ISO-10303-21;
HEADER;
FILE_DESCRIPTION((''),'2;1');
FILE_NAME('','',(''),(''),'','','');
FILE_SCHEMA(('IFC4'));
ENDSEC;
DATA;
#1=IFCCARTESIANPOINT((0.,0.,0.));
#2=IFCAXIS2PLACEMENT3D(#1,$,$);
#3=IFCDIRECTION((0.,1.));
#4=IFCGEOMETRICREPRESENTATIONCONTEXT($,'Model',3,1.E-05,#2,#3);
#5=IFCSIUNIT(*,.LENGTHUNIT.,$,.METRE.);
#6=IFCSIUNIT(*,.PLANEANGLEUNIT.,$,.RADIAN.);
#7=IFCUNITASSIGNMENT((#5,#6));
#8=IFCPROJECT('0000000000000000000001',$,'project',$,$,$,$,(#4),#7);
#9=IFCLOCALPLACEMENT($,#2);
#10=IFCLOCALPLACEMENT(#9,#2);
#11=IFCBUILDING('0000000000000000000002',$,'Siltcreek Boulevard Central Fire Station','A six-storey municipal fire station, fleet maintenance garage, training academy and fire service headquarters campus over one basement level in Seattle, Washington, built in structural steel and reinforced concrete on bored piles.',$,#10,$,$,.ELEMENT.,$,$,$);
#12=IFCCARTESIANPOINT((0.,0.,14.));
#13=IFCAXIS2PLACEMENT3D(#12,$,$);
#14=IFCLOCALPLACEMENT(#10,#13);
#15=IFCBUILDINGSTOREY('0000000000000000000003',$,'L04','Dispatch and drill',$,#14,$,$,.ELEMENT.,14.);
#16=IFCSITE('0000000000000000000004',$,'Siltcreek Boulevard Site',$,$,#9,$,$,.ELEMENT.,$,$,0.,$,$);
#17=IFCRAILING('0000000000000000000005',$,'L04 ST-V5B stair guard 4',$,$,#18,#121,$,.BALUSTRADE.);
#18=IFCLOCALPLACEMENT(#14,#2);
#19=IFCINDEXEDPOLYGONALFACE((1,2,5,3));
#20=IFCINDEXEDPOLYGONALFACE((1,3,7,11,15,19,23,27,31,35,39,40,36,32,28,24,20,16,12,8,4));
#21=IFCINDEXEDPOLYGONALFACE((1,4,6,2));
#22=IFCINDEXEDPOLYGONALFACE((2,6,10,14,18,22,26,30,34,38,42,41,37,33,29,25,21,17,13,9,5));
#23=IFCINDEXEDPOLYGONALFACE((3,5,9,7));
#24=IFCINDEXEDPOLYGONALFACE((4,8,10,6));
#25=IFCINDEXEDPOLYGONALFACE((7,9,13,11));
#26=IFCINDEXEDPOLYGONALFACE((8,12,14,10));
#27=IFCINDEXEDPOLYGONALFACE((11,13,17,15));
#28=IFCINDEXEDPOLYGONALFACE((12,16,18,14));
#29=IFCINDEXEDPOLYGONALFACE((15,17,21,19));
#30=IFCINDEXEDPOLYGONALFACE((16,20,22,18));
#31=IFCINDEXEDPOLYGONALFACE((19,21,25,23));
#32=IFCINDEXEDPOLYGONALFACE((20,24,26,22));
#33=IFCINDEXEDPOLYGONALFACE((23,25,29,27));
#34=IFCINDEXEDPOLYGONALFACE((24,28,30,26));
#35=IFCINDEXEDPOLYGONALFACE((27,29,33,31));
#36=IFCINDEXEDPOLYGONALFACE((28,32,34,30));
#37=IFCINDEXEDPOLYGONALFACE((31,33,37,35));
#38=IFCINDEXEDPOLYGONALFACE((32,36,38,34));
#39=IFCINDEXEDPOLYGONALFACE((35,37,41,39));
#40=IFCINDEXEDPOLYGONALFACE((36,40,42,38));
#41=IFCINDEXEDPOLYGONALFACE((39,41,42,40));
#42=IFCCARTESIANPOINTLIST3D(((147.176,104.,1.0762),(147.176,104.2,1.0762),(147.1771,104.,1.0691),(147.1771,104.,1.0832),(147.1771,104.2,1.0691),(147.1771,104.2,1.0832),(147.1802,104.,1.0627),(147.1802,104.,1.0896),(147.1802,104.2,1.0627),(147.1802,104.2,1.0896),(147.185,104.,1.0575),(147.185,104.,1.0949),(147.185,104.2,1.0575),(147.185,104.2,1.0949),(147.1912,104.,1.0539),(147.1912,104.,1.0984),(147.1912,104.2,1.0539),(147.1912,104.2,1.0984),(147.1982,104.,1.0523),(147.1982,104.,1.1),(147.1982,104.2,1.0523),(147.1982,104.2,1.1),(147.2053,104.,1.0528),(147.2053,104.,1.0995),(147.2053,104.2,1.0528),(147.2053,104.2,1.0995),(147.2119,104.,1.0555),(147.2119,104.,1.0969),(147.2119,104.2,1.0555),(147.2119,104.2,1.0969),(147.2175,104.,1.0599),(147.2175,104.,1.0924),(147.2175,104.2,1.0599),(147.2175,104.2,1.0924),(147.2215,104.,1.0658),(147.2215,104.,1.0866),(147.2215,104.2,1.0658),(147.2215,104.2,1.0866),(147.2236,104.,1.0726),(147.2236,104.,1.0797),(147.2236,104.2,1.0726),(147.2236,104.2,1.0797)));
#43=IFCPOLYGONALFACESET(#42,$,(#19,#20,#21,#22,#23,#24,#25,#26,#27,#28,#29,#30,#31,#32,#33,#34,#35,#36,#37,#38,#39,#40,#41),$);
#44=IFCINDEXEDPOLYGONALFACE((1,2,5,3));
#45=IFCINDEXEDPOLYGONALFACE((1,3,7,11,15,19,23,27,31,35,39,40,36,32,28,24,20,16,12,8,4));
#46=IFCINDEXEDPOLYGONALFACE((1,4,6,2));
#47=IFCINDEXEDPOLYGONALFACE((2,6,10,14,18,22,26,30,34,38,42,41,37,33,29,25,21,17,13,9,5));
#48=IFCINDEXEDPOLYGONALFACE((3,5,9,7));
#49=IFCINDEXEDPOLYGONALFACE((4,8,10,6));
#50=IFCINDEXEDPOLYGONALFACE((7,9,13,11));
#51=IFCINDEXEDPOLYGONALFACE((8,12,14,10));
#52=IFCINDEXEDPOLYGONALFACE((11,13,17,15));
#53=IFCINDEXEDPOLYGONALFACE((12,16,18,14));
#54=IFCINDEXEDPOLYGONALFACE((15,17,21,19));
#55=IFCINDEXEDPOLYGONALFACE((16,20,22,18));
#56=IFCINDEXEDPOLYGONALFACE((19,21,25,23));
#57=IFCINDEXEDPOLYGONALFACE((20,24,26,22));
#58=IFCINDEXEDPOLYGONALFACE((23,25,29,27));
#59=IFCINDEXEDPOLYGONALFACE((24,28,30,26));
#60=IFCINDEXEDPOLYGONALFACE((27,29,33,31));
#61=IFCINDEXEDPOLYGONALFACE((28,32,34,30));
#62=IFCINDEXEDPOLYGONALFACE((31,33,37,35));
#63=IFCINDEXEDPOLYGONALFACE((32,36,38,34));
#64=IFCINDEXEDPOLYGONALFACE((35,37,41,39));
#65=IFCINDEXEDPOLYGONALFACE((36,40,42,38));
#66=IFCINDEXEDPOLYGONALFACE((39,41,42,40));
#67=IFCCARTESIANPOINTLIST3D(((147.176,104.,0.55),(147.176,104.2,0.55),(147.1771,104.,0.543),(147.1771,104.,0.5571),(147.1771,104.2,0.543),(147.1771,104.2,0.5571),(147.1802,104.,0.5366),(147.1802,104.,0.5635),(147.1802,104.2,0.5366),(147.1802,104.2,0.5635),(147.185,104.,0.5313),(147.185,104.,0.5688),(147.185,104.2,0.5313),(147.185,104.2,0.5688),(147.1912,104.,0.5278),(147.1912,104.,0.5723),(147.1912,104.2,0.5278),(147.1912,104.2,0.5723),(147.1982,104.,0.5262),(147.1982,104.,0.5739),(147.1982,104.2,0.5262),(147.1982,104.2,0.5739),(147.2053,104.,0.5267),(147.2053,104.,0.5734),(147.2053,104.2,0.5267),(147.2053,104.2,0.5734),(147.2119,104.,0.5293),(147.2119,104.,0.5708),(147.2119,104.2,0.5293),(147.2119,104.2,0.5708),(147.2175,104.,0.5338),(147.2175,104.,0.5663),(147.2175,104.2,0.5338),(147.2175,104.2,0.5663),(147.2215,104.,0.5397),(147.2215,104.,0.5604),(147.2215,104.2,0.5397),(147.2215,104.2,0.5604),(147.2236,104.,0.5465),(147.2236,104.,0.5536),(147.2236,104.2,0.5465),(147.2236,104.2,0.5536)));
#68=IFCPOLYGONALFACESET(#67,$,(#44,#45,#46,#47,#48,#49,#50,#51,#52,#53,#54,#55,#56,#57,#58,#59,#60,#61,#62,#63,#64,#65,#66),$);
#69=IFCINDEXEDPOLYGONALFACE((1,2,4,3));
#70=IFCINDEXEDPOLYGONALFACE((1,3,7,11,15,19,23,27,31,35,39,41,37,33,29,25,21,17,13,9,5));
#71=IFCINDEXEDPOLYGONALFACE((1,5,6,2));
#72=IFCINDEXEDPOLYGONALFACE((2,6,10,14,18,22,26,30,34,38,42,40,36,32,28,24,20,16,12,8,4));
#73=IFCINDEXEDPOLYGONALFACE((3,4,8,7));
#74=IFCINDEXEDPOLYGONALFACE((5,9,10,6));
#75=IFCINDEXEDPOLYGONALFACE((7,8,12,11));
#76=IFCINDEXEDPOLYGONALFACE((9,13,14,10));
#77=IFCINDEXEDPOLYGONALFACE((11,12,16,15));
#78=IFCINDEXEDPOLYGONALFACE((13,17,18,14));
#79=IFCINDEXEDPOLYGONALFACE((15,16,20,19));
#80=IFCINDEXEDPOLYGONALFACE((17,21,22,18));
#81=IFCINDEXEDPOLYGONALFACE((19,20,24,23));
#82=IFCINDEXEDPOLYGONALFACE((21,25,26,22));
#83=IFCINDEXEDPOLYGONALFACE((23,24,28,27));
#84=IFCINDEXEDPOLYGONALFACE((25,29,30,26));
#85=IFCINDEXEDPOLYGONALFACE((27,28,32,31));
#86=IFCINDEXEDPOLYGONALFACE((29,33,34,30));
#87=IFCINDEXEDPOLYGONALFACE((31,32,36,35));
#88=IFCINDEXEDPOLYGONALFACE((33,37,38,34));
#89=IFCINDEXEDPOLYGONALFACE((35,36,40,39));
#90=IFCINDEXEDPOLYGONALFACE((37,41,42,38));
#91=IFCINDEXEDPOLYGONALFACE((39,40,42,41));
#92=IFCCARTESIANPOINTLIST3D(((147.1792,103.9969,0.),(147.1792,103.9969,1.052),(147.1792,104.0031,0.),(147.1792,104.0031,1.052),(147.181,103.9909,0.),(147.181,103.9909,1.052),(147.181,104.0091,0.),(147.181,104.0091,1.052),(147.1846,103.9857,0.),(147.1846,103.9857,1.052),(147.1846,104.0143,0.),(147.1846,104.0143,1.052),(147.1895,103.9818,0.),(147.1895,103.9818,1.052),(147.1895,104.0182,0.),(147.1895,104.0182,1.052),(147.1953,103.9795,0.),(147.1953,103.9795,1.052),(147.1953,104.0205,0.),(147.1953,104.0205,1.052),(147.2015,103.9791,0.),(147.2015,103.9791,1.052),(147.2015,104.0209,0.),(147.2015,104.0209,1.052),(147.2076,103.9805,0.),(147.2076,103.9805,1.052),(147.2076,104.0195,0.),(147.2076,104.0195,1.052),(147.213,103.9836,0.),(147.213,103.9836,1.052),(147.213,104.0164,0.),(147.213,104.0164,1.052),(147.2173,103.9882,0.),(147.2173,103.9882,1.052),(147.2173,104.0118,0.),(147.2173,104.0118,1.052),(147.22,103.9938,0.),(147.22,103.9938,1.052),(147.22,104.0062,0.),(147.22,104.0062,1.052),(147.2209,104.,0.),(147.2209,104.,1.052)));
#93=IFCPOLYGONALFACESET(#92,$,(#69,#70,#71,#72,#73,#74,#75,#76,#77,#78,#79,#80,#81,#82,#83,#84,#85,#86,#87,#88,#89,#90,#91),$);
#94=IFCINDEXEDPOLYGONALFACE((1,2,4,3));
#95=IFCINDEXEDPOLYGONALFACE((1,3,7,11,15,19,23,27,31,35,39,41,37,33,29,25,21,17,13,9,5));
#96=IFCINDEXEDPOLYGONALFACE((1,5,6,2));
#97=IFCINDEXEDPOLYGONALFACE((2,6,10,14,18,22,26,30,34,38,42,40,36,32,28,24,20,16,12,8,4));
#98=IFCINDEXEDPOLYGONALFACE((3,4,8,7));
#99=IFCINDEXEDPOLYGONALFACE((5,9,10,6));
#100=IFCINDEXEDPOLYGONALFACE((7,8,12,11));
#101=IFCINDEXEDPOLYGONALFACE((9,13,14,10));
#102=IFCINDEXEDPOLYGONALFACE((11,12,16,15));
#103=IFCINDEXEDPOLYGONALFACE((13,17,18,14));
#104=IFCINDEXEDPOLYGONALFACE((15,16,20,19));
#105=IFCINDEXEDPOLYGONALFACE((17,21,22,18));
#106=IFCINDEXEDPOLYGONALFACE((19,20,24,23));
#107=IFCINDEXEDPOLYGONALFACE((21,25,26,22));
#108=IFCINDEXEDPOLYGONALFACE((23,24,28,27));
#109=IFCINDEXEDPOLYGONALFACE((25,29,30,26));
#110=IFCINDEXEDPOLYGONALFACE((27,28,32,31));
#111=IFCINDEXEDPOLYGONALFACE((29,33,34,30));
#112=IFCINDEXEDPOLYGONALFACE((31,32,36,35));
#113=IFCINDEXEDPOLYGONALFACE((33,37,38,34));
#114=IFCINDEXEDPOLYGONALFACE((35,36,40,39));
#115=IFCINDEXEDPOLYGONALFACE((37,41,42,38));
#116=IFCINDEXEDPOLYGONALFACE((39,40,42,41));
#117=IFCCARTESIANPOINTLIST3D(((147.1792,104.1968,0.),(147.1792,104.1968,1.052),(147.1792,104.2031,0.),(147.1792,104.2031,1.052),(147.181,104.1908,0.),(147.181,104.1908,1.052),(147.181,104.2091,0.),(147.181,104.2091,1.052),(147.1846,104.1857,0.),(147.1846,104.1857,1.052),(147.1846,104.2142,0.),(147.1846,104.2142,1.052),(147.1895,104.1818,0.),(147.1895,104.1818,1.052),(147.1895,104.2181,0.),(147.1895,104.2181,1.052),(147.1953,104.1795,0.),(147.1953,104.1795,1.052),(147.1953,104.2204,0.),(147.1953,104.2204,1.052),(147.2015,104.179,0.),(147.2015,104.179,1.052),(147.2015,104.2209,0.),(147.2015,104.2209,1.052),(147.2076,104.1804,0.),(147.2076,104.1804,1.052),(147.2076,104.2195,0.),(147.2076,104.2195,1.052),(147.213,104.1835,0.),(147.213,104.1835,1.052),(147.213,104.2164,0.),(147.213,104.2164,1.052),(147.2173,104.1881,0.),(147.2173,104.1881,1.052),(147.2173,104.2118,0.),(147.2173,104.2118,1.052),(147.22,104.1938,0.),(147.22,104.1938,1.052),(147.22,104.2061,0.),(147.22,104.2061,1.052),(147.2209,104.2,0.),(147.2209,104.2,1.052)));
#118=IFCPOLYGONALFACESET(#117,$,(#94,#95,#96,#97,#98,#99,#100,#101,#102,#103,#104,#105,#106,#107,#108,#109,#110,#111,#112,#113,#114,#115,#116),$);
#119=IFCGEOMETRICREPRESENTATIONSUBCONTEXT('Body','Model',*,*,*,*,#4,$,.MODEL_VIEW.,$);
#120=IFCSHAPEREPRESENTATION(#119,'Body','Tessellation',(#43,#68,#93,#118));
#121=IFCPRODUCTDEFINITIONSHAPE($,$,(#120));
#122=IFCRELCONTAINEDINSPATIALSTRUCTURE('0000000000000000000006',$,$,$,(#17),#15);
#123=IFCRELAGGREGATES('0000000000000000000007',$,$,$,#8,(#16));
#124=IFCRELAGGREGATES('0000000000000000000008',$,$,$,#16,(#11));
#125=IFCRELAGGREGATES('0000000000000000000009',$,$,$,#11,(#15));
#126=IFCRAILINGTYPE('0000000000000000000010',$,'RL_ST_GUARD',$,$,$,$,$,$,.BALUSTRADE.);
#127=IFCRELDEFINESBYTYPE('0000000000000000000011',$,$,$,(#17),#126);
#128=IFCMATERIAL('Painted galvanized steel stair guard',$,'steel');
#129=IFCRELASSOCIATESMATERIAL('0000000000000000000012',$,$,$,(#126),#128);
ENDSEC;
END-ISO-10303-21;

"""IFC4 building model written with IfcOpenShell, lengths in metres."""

from ifc_helpers import new_model, si_unit, direction, frame, origin, origin_2d, place, context, subcontext, project, spatial, circle, extrude, material, type_object, element, save


model = new_model("IFC4")

# Units and contexts
model_context = context("Model", 3, precision=1e-05, world=origin(), true_north=direction((0.0, 1.0)))
body_context = subcontext(model_context, "Body", "Model", "MODEL_VIEW")
ifc_project = project(units=[si_unit("LENGTHUNIT", "METRE"), si_unit("PLANEANGLEUNIT", "RADIAN")], contexts=[model_context])

# Site, building, storey
site_placement = place(None, origin())
site = spatial("IfcSite", under=ifc_project, at=site_placement, Name="Siltcreek Boulevard Site", CompositionType="ELEMENT", RefElevation=0.0)
building_placement = place(site_placement, origin())
building = spatial("IfcBuilding", under=site, at=building_placement, Name="Siltcreek Boulevard Central Fire Station", Description="A six-storey municipal fire station, fleet maintenance garage, training academy and fire service headquarters campus over one basement level in Seattle, Washington, built in structural steel and reinforced concrete on bored piles.", CompositionType="ELEMENT")
storey_placement = place(building_placement, frame((0.0, 0.0, 14.0)))
storey = spatial("IfcBuildingStorey", under=building, at=storey_placement, Name="L04", Description="Dispatch and drill", CompositionType="ELEMENT", Elevation=14.0)

# Railing
ifc_material_1 = material(Name="Painted galvanized steel stair guard", Category="steel")
railing_type_1 = type_object("IfcRailingType", Name="RL_ST_GUARD", PredefinedType="BALUSTRADE", material=ifc_material_1)
railing_1_placement = place(storey_placement, frame((147.2, 104.0, 0.0)))
element("IfcRailing", 1, at=railing_1_placement, inside=storey, type_object=railing_type_1, Name="L04 ST-V5B stair guard 4", PredefinedType="BALUSTRADE", context=body_context, shape_type="SweptSolid", body=[
    extrude(circle(Radius=0.0239, at=origin_2d()), frame((0.0, 0.0, 1.0762), z_axis=(0.0, 1.0, 0.0), x_axis=(-1.0, 0.0, 0.0)), (0.0, 0.0, 1.0), 0.2),
    extrude(circle(Radius=0.0239, at=origin_2d()), frame((0.0, 0.0, 0.55), z_axis=(0.0, 1.0, 0.0), x_axis=(-1.0, 0.0, 0.0)), (0.0, 0.0, 1.0), 0.2),
    extrude(circle(Radius=0.021, at=origin_2d()), origin(), (0.0, 0.0, 1.0), 1.052),
    extrude(circle(Radius=0.021, at=origin_2d()), frame((0.0, 0.2, 0.0)), (0.0, 0.0, 1.0), 1.052),
])

save(model, "model.ifc")
